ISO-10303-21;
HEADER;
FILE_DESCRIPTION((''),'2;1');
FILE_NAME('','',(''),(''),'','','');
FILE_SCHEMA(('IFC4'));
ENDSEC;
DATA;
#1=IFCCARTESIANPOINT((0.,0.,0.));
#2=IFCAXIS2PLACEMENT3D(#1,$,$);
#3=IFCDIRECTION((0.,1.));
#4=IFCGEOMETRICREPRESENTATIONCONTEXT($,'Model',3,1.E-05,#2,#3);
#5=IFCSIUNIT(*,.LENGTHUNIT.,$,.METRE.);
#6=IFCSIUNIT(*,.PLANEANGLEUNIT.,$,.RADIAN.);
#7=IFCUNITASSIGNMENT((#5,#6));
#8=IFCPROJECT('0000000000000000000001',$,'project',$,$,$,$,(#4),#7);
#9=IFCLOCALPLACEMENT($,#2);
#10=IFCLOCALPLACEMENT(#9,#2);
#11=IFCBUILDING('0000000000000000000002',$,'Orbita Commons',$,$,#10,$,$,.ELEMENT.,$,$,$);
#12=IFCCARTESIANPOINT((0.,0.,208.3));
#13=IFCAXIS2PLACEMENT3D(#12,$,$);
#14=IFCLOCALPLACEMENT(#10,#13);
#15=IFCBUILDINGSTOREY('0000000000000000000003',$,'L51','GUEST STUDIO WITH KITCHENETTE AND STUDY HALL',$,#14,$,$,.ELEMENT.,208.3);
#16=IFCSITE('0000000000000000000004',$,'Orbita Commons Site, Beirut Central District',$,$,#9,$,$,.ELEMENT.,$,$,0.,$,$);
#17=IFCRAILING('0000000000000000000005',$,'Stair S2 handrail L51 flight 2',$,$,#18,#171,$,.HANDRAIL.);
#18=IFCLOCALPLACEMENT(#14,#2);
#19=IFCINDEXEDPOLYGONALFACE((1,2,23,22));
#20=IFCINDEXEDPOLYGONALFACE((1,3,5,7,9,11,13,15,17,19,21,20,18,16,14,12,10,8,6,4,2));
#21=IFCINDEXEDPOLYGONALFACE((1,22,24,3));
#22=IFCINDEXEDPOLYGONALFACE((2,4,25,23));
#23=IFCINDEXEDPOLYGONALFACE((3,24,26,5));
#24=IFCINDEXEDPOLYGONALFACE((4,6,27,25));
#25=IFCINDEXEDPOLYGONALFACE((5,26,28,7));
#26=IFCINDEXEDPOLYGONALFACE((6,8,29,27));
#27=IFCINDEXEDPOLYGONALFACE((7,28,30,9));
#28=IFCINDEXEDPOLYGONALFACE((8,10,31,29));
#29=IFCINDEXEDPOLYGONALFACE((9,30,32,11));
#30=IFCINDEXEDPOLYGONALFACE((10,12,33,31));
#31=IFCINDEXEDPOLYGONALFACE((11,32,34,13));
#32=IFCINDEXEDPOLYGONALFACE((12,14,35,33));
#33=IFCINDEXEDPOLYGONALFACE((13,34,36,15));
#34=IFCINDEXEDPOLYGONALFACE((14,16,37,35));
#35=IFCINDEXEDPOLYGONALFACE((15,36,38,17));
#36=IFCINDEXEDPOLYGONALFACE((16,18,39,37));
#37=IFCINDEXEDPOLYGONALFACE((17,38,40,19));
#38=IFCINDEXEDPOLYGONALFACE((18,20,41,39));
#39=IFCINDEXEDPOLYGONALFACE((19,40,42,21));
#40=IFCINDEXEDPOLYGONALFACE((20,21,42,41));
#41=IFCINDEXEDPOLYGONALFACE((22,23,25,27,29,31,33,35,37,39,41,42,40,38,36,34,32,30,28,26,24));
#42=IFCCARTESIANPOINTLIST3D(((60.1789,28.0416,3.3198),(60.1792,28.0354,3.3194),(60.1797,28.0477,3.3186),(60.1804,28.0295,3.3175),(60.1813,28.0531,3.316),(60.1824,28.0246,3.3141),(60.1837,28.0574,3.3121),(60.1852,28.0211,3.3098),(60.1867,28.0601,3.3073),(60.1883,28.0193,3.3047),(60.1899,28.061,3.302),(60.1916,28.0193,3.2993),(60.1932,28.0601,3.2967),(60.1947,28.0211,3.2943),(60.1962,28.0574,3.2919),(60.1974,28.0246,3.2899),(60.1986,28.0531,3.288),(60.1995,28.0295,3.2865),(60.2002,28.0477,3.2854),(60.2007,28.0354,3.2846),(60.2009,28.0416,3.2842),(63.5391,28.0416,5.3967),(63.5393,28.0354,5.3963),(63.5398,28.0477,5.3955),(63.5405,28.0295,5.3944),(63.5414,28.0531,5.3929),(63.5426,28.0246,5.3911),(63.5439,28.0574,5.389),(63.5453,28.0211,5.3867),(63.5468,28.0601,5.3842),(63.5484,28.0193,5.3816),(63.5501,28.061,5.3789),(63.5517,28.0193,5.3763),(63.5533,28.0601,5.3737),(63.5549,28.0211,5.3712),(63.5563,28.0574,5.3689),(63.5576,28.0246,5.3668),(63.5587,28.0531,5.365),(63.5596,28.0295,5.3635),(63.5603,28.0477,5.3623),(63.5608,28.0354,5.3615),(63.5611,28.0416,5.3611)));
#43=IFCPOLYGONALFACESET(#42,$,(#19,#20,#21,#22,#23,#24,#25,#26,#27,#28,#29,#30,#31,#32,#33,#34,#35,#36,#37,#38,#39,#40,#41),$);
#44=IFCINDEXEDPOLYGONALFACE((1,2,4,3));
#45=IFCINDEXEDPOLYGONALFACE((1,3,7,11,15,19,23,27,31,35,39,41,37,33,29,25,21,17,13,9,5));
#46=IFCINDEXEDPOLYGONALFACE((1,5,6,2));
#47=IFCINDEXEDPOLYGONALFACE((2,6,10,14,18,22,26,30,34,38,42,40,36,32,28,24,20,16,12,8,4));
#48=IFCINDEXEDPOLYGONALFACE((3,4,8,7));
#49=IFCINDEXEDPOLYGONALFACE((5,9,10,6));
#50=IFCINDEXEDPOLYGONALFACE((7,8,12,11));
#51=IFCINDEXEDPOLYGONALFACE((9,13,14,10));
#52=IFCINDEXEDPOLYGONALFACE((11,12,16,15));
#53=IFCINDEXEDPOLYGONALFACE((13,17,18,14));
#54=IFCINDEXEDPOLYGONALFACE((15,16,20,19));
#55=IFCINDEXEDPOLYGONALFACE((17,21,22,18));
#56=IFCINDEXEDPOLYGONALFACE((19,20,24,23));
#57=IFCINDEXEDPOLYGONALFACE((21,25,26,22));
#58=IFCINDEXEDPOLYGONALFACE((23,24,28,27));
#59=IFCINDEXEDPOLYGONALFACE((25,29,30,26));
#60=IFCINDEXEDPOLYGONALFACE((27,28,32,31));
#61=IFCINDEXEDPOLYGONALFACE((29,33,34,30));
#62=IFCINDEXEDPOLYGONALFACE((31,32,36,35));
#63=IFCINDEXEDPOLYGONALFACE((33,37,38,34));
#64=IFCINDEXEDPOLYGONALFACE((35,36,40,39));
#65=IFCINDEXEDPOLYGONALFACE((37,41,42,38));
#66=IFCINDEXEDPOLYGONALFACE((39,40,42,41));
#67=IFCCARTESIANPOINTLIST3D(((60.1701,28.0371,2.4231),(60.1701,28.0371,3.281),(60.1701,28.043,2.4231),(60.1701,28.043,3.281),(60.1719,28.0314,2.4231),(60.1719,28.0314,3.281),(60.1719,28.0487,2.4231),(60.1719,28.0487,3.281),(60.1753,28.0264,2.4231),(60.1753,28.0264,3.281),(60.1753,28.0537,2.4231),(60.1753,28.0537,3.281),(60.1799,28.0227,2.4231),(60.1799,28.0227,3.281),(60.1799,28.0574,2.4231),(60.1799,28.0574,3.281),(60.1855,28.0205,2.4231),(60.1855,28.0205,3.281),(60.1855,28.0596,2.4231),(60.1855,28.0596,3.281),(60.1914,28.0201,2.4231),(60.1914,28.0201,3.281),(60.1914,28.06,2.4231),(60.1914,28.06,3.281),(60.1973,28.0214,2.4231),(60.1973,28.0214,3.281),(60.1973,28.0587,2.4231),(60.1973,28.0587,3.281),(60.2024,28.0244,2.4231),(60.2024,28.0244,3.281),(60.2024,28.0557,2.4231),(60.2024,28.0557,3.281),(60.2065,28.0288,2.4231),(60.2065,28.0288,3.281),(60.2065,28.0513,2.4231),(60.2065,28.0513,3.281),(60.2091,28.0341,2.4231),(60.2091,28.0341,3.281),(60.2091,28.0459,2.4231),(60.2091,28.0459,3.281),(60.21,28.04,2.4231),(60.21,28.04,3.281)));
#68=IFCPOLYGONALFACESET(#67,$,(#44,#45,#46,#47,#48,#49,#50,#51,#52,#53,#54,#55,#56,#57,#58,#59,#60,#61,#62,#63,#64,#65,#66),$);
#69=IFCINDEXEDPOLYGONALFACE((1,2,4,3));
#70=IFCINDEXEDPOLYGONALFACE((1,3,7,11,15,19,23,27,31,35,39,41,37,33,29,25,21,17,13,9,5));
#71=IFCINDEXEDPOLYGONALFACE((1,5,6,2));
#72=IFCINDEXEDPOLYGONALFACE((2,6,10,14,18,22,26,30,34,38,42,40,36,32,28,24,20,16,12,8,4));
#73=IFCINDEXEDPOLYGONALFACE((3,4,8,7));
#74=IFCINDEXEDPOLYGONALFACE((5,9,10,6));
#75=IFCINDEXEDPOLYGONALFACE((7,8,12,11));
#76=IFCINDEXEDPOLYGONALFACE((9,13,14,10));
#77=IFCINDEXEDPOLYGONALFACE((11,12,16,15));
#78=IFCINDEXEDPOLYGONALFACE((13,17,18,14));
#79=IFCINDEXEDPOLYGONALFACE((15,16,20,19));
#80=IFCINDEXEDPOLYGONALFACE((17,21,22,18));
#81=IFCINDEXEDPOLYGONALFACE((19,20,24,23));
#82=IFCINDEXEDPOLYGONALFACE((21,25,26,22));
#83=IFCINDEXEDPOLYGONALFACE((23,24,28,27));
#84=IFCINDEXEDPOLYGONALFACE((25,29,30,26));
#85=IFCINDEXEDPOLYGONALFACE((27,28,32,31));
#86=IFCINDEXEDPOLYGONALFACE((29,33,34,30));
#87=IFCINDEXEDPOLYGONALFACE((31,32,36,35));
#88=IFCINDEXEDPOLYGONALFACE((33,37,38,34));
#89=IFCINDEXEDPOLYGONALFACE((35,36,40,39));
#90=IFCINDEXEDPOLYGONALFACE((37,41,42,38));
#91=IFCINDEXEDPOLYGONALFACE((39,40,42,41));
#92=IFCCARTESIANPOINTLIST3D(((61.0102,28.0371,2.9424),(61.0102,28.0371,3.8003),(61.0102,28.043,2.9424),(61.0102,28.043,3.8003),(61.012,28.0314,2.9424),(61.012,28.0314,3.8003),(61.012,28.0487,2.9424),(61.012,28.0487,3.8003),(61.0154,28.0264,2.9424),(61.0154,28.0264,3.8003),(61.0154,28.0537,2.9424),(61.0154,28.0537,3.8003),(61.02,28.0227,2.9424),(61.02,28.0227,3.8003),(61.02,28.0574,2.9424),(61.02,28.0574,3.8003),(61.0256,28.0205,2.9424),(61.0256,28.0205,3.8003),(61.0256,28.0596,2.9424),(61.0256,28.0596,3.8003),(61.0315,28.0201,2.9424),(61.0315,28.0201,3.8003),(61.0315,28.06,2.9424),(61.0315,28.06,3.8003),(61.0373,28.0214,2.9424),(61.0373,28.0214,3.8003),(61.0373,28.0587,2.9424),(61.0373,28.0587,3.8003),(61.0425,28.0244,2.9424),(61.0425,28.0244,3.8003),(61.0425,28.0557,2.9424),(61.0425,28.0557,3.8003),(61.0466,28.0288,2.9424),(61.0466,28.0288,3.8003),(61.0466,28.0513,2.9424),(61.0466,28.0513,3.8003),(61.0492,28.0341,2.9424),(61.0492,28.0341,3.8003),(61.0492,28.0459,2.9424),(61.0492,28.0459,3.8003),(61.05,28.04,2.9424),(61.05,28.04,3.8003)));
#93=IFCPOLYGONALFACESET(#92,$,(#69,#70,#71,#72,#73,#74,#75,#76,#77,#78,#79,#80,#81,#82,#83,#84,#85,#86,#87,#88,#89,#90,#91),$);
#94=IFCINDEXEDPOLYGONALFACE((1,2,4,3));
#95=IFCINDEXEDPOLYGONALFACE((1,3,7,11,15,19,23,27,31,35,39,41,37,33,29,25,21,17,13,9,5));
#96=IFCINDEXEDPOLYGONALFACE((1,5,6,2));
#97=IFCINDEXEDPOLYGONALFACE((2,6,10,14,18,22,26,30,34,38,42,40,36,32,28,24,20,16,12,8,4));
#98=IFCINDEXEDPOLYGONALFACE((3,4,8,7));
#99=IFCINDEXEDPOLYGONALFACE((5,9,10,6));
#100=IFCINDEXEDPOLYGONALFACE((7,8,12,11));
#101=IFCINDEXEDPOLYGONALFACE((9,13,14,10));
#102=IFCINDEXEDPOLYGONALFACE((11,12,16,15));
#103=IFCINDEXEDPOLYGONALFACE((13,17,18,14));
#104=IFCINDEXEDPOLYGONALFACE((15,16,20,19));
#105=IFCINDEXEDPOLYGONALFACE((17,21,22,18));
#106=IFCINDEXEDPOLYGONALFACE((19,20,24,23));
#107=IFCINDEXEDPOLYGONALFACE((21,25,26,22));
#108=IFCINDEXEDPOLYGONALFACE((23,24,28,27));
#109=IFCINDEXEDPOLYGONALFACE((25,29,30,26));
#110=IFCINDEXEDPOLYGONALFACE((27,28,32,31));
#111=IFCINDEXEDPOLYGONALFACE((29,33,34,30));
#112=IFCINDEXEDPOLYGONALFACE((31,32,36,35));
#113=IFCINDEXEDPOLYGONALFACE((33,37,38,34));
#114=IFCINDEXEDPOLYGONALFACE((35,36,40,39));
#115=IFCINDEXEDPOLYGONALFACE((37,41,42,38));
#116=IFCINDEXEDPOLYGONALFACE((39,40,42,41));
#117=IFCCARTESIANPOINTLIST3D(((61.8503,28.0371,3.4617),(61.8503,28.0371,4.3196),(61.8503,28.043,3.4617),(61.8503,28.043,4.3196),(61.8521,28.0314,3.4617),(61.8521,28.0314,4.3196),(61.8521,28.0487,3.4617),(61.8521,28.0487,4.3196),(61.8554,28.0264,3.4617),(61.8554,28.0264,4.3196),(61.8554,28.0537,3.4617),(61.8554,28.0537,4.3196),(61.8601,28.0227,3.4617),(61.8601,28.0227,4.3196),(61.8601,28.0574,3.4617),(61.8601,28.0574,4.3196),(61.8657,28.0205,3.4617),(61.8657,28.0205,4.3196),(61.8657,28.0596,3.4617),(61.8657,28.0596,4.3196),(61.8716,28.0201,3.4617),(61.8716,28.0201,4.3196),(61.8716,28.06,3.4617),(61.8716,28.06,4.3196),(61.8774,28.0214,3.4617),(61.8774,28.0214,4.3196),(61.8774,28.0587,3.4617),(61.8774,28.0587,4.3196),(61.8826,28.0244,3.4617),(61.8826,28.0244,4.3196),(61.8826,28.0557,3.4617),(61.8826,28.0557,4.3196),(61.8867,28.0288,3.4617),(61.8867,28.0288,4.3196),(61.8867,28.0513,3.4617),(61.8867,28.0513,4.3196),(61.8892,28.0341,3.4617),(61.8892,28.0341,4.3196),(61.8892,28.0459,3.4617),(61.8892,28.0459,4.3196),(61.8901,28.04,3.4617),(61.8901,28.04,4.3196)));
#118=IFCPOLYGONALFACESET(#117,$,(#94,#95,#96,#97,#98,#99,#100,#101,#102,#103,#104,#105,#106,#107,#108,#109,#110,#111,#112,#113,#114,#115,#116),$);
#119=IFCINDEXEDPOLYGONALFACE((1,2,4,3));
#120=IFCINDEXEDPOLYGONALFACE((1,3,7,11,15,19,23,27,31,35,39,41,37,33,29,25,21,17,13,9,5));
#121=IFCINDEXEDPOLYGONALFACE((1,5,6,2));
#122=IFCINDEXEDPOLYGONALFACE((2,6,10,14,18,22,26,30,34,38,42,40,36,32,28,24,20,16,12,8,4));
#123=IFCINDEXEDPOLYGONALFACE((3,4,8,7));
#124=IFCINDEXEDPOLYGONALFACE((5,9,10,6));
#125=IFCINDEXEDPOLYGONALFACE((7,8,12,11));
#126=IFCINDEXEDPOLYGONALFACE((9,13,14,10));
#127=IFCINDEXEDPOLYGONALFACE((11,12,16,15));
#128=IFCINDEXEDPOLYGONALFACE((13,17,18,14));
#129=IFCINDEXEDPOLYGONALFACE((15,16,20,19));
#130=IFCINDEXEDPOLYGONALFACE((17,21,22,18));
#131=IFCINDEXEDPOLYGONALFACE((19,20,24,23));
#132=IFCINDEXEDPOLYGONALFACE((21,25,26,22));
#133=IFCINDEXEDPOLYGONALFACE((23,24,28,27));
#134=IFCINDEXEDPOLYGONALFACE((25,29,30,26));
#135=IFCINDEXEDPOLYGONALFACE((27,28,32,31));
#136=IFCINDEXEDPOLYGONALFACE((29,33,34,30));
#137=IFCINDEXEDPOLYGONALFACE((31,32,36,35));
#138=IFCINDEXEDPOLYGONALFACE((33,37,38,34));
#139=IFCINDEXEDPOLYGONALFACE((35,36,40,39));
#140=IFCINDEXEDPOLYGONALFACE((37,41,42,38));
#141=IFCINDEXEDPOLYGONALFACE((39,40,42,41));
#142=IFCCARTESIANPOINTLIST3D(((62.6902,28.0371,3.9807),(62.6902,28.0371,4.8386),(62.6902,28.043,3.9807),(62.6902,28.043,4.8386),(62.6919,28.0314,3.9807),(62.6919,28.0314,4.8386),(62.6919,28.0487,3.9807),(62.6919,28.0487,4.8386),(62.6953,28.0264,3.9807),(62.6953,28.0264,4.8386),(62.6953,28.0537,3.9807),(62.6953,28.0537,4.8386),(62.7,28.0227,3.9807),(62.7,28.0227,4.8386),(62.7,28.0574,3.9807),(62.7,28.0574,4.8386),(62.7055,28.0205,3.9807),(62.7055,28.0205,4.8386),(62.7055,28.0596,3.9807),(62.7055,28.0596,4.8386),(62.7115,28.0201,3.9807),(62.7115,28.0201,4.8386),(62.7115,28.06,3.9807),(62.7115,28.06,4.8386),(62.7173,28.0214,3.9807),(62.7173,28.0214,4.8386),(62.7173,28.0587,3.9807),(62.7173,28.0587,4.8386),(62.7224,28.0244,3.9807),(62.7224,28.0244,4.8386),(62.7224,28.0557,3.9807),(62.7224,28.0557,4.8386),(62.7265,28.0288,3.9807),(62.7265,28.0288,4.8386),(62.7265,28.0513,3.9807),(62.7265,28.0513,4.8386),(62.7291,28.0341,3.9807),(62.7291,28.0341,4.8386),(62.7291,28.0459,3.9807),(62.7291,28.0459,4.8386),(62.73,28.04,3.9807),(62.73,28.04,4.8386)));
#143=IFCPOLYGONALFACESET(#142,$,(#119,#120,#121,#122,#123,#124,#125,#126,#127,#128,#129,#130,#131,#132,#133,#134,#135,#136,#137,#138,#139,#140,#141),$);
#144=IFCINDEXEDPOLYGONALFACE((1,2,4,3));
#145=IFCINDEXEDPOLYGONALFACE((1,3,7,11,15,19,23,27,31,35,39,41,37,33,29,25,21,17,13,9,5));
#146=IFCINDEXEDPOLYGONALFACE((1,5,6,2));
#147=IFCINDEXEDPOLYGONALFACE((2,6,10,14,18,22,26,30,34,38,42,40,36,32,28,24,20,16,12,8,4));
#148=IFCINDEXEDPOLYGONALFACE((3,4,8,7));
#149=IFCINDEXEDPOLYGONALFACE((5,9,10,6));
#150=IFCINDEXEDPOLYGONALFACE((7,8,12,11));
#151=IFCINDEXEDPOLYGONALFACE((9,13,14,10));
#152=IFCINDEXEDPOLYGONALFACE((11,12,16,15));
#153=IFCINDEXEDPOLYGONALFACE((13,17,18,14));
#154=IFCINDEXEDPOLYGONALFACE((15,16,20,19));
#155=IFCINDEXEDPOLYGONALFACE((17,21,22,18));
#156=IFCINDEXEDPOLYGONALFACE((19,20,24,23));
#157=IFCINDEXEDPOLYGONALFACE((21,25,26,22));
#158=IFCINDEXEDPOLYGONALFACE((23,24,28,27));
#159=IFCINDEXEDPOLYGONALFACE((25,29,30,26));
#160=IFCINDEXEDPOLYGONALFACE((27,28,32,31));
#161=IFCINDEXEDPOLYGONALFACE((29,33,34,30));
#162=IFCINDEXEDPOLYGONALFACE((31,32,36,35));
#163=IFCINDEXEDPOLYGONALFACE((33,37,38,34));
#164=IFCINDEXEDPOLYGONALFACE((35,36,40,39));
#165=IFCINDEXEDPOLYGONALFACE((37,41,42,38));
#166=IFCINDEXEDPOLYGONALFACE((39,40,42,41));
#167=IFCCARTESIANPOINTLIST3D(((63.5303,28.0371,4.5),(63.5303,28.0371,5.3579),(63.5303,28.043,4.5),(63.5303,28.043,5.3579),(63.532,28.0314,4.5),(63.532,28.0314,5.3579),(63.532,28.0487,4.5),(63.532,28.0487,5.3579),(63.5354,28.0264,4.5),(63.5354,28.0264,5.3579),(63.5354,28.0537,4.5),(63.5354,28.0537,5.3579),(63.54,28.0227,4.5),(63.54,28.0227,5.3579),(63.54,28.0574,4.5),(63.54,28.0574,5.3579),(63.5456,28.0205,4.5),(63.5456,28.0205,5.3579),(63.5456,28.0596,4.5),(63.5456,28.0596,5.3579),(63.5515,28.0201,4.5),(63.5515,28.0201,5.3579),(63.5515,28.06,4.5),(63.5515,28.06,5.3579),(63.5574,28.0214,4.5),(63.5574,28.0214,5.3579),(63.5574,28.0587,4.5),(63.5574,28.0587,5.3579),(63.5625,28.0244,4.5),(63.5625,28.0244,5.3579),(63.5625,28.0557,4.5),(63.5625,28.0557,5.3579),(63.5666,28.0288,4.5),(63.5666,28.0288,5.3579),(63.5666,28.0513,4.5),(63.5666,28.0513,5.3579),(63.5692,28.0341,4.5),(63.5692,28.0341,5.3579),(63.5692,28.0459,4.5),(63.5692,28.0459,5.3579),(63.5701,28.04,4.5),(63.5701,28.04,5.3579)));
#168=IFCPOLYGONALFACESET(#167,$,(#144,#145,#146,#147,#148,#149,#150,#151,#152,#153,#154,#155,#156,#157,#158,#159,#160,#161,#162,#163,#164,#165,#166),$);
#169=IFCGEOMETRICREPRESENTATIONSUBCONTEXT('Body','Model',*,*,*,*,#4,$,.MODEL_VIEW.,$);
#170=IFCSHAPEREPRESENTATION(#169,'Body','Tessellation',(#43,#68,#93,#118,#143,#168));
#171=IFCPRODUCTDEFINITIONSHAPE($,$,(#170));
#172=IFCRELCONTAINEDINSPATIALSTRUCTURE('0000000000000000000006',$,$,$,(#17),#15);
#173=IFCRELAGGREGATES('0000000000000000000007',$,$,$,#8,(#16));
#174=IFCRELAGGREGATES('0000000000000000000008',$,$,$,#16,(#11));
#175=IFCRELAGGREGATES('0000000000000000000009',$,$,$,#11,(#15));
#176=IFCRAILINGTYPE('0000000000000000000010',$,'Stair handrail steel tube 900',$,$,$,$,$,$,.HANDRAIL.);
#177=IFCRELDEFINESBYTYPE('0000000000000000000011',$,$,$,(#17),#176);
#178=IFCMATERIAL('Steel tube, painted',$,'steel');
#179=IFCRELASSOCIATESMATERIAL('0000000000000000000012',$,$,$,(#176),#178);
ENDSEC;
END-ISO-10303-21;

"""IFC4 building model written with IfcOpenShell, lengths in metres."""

from ifc_helpers import new_model, si_unit, direction, frame, origin, origin_2d, place, context, subcontext, project, spatial, circle, extrude, material, type_object, element, save


model = new_model("IFC4")

# Units and contexts
model_context = context("Model", 3, precision=1e-05, world=origin(), true_north=direction((0.0, 1.0)))
body_context = subcontext(model_context, "Body", "Model", "MODEL_VIEW")
ifc_project = project(units=[si_unit("LENGTHUNIT", "METRE"), si_unit("PLANEANGLEUNIT", "RADIAN")], contexts=[model_context])

# Site, building, storey
site_placement = place(None, origin())
site = spatial("IfcSite", under=ifc_project, at=site_placement, Name="Orbita Commons Site, Beirut Central District", CompositionType="ELEMENT", RefElevation=0.0)
building_placement = place(site_placement, origin())
building = spatial("IfcBuilding", under=site, at=building_placement, Name="Orbita Commons", CompositionType="ELEMENT")
storey_placement = place(building_placement, frame((0.0, 0.0, 208.3)))
storey = spatial("IfcBuildingStorey", under=building, at=storey_placement, Name="L51", Description="GUEST STUDIO WITH KITCHENETTE AND STUDY HALL", CompositionType="ELEMENT", Elevation=208.3)

# Railing
ifc_material_1 = material(Name="Steel tube, painted", Category="steel")
railing_type = type_object("IfcRailingType", Name="Stair handrail steel tube 900", PredefinedType="HANDRAIL", material=ifc_material_1)
for number, where, name in (
    (1, (60.1899, 28.04, 2.4231), "Stair S2 handrail L51 flight 2"),
):
    element("IfcRailing", number, at=place(storey_placement, frame(where)), inside=storey, type_object=railing_type, Name=name, PredefinedType="HANDRAIL", context=body_context, shape_type="SweptSolid", body=[
        extrude(circle(Radius=0.021, at=origin_2d()), frame((0.0, 0.0, 0.8789), z_axis=(0.850623, 0.0, 0.525776), x_axis=(0.0, 1.0, 0.0)), (0.0, 0.0, 1.0), 3.9502),
        extrude(circle(Radius=0.02, at=origin_2d()), origin(), (0.0, 0.0, 1.0), 0.8579),
        extrude(circle(Radius=0.02, at=origin_2d()), frame((0.8401, 0.0, 0.5193)), (0.0, 0.0, 1.0), 0.8579),
        extrude(circle(Radius=0.02, at=origin_2d()), frame((1.6802, 0.0, 1.0386)), (0.0, 0.0, 1.0), 0.8579),
        extrude(circle(Radius=0.02, at=origin_2d()), frame((2.52, 0.0, 1.5576)), (0.0, 0.0, 1.0), 0.8579),
        extrude(circle(Radius=0.02, at=origin_2d()), frame((3.3601, 0.0, 2.0769)), (0.0, 0.0, 1.0), 0.8579),
    ])

save(model, "model.ifc")
